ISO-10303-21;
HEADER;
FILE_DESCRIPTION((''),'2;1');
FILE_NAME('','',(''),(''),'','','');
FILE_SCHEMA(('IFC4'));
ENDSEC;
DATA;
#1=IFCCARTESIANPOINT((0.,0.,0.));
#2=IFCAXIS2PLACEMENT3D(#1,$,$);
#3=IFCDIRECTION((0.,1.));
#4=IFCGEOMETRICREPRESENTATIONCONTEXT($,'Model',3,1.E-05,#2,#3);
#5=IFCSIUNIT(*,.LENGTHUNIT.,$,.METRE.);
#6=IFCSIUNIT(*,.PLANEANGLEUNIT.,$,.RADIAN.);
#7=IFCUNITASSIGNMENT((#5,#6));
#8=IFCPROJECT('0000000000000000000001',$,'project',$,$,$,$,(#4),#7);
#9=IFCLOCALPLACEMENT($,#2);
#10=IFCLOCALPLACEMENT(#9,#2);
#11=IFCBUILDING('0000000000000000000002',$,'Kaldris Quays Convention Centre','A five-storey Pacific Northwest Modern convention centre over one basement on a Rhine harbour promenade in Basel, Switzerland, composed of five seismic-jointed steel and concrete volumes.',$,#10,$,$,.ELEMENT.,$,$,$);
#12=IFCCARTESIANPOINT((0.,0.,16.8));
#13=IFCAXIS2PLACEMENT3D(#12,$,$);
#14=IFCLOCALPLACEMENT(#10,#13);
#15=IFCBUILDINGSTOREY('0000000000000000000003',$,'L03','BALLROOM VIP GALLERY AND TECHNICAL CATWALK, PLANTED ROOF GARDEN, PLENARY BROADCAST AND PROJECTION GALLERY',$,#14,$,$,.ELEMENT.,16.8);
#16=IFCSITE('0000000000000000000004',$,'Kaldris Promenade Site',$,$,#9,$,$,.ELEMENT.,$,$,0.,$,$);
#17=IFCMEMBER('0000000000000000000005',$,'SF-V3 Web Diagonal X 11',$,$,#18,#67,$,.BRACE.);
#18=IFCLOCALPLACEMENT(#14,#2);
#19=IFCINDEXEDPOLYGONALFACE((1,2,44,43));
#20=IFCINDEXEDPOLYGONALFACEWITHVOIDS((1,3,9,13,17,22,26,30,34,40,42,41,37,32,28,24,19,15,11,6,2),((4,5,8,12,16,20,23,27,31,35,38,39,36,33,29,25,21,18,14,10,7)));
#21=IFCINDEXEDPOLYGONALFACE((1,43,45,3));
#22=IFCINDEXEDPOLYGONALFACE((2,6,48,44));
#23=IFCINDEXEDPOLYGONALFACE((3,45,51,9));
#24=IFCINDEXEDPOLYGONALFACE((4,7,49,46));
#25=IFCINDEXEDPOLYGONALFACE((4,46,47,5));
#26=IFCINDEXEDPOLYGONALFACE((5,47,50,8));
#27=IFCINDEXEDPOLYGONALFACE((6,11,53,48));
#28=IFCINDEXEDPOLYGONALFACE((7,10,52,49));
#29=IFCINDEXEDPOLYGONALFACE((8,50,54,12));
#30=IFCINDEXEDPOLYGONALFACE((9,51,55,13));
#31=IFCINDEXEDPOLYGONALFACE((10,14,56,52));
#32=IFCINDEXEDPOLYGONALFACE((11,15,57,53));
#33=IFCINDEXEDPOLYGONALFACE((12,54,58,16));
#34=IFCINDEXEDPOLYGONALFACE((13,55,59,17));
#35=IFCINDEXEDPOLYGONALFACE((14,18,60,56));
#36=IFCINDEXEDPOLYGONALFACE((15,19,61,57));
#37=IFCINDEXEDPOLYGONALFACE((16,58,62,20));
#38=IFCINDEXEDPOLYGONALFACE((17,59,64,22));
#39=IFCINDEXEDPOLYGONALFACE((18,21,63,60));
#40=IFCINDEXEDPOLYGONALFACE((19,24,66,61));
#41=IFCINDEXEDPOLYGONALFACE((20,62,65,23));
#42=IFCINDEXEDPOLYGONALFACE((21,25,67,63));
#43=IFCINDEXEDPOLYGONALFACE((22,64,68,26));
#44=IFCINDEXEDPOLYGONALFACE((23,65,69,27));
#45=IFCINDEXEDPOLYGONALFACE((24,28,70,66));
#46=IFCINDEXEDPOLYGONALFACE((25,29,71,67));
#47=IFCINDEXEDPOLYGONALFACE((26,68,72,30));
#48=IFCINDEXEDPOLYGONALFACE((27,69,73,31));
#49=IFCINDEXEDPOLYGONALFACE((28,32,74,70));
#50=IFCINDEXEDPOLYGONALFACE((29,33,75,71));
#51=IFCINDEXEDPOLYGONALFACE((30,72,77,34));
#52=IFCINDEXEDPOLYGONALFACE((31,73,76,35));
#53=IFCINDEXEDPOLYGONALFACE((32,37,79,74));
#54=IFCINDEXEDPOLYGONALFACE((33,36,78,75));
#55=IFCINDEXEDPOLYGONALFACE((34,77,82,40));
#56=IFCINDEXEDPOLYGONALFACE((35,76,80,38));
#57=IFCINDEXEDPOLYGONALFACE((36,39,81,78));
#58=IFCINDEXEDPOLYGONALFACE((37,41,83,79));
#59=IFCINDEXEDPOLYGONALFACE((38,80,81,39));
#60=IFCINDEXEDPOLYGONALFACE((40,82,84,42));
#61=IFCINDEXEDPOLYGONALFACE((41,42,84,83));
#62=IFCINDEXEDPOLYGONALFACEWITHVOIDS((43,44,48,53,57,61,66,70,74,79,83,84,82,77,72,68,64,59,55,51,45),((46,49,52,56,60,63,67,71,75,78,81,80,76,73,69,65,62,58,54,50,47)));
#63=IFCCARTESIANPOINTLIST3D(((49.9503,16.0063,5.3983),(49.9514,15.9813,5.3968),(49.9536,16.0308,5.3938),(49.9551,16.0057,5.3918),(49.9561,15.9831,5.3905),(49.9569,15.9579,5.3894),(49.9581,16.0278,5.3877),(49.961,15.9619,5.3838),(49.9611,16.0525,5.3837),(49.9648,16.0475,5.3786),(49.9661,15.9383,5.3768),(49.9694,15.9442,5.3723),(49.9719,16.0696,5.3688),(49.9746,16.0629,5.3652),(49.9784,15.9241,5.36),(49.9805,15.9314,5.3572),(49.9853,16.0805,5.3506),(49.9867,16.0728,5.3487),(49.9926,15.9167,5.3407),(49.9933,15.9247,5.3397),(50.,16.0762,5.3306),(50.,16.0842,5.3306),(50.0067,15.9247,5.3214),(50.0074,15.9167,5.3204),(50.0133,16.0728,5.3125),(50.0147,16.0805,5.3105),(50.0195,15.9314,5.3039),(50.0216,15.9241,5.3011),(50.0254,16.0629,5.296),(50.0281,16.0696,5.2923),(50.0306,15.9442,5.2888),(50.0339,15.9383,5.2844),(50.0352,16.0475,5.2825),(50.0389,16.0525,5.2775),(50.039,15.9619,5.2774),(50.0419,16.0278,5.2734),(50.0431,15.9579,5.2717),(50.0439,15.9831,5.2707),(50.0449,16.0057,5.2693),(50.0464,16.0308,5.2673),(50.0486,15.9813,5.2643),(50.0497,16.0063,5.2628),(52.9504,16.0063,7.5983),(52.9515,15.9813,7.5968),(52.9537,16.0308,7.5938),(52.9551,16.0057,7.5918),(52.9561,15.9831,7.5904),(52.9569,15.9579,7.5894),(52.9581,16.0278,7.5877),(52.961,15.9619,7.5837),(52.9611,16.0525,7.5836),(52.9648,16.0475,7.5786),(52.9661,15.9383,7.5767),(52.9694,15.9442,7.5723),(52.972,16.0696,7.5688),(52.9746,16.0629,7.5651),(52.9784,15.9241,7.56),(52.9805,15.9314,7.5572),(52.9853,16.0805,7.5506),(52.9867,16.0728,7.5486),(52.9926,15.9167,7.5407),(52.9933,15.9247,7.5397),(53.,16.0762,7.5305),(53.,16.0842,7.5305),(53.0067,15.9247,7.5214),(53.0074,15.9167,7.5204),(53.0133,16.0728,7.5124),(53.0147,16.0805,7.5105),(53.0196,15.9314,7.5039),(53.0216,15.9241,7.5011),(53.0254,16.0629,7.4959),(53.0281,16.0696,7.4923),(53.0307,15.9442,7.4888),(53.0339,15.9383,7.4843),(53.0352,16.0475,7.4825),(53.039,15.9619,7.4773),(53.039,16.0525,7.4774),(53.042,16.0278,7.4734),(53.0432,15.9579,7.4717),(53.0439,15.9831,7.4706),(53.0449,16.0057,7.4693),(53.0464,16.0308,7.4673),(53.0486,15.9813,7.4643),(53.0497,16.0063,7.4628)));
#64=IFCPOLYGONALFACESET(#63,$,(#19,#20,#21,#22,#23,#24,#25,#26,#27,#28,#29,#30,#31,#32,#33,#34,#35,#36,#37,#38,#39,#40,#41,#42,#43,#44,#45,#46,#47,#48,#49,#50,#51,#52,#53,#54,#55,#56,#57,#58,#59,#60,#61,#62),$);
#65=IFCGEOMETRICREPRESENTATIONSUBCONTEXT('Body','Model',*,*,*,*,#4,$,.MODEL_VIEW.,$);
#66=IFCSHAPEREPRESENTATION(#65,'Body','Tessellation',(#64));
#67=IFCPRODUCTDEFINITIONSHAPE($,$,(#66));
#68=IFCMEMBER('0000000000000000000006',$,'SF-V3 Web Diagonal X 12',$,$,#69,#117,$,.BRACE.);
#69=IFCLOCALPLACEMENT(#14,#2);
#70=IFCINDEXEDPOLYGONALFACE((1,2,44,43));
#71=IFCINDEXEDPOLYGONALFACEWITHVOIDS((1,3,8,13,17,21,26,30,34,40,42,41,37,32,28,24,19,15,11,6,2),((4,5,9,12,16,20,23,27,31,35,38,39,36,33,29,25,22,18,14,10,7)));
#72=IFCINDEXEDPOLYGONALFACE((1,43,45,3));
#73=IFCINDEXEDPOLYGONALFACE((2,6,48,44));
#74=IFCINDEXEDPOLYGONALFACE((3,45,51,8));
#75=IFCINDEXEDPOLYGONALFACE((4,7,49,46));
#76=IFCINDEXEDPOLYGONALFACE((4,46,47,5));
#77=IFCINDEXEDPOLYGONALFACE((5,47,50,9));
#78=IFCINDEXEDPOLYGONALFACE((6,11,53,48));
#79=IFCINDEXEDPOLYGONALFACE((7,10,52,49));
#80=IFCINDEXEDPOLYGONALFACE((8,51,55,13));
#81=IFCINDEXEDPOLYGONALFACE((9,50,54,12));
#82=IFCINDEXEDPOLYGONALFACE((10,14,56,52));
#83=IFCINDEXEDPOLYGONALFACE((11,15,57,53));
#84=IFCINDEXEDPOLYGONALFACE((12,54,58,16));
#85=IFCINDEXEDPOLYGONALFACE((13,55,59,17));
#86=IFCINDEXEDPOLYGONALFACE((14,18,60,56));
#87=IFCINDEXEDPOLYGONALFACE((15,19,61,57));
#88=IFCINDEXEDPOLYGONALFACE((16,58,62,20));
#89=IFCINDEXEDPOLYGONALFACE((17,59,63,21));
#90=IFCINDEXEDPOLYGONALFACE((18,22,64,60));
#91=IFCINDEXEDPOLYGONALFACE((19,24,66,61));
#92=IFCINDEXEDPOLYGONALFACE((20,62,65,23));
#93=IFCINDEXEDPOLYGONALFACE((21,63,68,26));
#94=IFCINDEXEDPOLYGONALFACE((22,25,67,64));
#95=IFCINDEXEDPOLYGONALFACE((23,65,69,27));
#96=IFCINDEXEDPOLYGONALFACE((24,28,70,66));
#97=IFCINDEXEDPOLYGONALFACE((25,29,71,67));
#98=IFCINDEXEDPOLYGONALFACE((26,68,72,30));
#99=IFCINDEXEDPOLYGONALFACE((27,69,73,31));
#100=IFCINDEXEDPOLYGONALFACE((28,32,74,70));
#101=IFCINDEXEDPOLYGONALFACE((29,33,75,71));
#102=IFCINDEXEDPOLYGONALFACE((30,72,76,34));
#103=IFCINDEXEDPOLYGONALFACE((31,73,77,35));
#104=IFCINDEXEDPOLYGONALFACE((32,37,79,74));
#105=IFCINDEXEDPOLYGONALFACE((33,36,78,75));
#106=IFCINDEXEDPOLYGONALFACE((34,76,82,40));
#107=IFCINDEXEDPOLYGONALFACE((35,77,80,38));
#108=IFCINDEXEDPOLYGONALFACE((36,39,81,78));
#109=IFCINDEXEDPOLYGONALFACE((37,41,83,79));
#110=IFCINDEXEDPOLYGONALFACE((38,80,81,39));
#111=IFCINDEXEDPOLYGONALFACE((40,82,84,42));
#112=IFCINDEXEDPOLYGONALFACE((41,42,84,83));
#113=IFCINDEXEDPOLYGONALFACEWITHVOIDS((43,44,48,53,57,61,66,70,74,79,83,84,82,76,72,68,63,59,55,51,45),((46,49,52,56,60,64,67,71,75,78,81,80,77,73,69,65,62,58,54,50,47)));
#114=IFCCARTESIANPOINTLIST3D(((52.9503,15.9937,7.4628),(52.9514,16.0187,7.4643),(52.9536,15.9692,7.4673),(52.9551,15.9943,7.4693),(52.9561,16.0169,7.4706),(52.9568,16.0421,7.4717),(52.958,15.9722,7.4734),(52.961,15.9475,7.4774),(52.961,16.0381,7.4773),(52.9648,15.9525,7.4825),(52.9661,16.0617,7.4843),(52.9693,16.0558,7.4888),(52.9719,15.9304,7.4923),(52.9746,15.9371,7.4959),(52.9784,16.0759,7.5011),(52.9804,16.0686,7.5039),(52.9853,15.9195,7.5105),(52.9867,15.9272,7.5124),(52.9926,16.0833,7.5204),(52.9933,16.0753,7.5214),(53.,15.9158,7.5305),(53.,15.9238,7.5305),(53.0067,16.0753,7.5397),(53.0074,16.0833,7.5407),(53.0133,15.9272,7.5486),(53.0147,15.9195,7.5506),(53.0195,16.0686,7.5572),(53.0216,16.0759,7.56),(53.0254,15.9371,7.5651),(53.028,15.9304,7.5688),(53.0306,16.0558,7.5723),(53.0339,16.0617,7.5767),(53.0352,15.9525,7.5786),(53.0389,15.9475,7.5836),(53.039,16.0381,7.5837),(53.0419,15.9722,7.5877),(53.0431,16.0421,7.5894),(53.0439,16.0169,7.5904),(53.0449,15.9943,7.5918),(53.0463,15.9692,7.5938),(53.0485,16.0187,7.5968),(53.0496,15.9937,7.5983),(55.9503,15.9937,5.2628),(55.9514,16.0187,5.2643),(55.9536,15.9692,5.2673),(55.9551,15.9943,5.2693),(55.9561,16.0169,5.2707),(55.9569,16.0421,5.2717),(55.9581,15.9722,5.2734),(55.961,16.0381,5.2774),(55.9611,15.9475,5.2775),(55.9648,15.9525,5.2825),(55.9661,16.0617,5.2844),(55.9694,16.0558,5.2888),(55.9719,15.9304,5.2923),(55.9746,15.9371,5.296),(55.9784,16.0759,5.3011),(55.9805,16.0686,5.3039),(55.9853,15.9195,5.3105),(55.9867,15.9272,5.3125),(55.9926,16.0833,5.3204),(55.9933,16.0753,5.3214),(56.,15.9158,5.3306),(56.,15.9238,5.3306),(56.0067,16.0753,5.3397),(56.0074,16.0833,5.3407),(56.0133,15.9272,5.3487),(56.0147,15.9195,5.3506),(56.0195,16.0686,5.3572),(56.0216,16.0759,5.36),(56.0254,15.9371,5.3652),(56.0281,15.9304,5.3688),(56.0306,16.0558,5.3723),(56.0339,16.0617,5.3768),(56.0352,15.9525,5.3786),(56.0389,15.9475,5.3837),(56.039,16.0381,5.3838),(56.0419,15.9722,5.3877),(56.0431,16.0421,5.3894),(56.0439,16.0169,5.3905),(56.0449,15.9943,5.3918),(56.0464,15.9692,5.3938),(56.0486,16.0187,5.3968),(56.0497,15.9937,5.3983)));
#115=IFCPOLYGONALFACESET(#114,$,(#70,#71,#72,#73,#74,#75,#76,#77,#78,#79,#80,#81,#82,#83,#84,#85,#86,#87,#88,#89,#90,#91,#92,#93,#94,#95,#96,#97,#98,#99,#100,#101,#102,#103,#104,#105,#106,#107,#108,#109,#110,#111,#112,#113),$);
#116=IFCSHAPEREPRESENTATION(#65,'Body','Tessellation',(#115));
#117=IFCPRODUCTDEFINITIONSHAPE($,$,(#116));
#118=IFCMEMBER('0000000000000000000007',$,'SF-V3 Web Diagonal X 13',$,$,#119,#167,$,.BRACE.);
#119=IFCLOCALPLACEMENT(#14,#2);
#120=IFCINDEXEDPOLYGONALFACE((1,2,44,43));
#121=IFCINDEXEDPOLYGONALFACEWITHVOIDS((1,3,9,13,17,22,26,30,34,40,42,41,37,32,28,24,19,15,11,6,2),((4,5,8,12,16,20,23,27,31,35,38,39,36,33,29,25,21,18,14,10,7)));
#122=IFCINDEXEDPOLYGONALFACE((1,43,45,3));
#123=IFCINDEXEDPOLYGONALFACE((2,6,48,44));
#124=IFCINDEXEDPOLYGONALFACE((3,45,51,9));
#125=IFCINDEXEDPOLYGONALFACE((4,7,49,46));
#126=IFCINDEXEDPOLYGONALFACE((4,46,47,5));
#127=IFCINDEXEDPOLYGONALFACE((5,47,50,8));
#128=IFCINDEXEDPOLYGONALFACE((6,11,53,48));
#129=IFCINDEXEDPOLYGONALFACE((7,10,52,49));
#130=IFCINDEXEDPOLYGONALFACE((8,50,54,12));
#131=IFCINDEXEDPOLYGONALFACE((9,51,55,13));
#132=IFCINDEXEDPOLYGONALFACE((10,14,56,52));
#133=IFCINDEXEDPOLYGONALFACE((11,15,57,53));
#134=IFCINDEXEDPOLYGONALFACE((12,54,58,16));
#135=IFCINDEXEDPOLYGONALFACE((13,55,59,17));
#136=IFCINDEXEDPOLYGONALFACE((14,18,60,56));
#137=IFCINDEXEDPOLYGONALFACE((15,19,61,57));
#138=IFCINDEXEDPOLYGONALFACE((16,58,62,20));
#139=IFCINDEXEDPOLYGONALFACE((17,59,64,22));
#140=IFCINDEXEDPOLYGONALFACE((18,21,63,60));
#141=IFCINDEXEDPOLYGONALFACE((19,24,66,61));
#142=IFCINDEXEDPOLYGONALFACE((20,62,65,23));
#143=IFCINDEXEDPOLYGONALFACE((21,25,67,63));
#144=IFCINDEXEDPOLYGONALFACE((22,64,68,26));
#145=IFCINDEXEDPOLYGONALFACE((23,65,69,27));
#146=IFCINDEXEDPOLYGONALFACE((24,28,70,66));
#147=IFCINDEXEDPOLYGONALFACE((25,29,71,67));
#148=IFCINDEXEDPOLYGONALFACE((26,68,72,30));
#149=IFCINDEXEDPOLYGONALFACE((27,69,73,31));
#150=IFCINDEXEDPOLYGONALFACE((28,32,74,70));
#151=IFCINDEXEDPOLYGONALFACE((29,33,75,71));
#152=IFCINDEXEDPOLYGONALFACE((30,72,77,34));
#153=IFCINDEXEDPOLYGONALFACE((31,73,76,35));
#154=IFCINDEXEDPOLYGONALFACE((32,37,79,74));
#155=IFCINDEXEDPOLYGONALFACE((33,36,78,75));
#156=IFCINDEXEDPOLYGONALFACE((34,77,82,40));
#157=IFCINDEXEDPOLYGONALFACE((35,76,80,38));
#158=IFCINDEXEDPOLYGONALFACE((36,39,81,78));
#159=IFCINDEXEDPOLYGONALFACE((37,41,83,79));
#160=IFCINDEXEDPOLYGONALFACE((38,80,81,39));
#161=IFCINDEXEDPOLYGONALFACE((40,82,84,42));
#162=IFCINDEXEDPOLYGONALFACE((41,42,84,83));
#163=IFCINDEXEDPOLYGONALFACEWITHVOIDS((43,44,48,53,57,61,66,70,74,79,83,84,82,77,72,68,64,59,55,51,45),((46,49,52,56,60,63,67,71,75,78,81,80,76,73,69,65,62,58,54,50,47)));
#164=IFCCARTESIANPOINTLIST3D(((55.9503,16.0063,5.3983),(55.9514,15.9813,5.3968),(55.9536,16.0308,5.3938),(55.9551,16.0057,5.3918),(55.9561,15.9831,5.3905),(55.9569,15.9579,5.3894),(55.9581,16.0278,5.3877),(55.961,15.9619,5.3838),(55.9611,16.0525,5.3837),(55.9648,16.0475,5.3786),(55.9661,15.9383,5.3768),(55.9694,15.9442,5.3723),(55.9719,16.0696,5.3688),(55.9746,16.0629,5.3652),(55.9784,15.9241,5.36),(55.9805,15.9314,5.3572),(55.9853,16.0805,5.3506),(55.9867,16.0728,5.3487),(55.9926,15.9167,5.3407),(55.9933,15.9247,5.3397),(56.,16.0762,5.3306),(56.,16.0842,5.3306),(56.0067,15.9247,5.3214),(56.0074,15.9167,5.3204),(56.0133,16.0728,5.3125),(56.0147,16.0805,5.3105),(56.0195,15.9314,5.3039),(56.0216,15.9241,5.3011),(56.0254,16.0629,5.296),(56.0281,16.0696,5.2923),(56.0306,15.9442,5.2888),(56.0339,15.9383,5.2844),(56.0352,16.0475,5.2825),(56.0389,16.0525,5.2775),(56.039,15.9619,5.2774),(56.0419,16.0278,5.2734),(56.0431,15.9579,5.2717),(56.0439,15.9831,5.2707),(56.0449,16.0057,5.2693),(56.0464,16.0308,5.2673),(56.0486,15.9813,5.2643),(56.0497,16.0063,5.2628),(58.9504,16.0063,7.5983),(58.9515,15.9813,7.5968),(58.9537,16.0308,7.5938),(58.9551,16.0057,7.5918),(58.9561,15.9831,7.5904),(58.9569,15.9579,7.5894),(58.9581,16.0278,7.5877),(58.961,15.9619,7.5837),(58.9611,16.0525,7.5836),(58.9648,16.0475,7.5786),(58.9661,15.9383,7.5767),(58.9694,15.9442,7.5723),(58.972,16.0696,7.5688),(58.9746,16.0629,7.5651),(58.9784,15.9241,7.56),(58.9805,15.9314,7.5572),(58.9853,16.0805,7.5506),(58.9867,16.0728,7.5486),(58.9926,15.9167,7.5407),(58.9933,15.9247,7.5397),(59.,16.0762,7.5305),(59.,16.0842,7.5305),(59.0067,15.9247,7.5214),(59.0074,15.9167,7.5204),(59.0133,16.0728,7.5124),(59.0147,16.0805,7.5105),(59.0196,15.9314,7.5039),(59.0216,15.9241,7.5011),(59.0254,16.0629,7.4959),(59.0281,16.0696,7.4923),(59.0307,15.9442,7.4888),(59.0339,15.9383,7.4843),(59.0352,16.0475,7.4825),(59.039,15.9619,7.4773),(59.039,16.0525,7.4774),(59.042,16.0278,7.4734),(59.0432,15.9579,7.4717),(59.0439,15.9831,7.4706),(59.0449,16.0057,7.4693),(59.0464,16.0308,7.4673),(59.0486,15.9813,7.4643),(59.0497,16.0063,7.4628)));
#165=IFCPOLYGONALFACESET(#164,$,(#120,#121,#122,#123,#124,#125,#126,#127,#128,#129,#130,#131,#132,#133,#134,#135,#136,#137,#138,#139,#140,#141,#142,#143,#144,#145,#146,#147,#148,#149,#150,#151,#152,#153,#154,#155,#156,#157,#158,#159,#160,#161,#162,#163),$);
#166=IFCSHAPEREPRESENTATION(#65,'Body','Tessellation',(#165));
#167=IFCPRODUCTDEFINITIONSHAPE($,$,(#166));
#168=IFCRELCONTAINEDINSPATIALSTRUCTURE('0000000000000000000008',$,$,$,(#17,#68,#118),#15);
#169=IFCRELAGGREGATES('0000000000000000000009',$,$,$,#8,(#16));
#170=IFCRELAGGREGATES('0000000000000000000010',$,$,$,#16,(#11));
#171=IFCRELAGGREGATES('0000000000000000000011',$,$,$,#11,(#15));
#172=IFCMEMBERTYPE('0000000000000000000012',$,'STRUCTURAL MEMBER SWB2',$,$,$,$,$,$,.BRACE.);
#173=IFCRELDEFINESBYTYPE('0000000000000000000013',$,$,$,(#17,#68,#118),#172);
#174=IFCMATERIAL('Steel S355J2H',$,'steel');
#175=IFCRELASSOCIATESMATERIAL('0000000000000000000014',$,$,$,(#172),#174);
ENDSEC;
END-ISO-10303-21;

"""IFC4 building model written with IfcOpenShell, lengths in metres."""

from ifc_helpers import new_model, si_unit, direction, frame, origin, origin_2d, place, context, subcontext, project, spatial, hollow_circle, extrude, material, material_profile, profile_set, type_object, element, save


model = new_model("IFC4")

# Units and contexts
model_context = context("Model", 3, precision=1e-05, world=origin(), true_north=direction((0.0, 1.0)))
body_context = subcontext(model_context, "Body", "Model", "MODEL_VIEW")
ifc_project = project(units=[si_unit("LENGTHUNIT", "METRE"), si_unit("PLANEANGLEUNIT", "RADIAN")], contexts=[model_context])

# Site, building, storey
site_placement = place(None, origin())
site = spatial("IfcSite", under=ifc_project, at=site_placement, Name="Kaldris Promenade Site", CompositionType="ELEMENT", RefElevation=0.0)
building_placement = place(site_placement, origin())
building = spatial("IfcBuilding", under=site, at=building_placement, Name="Kaldris Quays Convention Centre", Description="A five-storey Pacific Northwest Modern convention centre over one basement on a Rhine harbour promenade in Basel, Switzerland, composed of five seismic-jointed steel and concrete volumes.", CompositionType="ELEMENT")
storey_placement = place(building_placement, frame((0.0, 0.0, 16.8)))
storey = spatial("IfcBuildingStorey", under=building, at=storey_placement, Name="L03", Description="BALLROOM VIP GALLERY AND TECHNICAL CATWALK, PLANTED ROOF GARDEN, PLENARY BROADCAST AND PROJECTION GALLERY", CompositionType="ELEMENT", Elevation=16.8)

# Members
ifc_material_1 = material(Name="Steel S355J2H", Category="steel")
ifc_material_profile_1 = material_profile(ifc_material_1, hollow_circle(Radius=0.0842, WallThickness=0.0081, at=origin_2d()), Name="CHS 168.3x8")
ifc_profile_set_1 = profile_set([ifc_material_profile_1], Name="Steel S355J2H")
member_type_1 = type_object("IfcMemberType", Name="STRUCTURAL MEMBER SWB2", PredefinedType="BRACE", material=ifc_profile_set_1)
for number, where, z_axis, x_axis, name in (
    (1, (50.0, 16.0, 5.3306), (0.806411, 0.0, 0.591355), (0.0, 1.0, 0.0), "SF-V3 Web Diagonal X 11"),
    (2, (56.0, 16.0, 5.3306), (-0.806411, 0.0, 0.591355), (0.0, -1.0, 0.0), "SF-V3 Web Diagonal X 12"),
    (3, (56.0, 16.0, 5.3306), (0.806411, 0.0, 0.591355), (0.0, 1.0, 0.0), "SF-V3 Web Diagonal X 13"),
):
    element("IfcMember", number, at=place(storey_placement, frame(where, z_axis=z_axis, x_axis=x_axis)), inside=storey, type_object=member_type_1, Name=name, PredefinedType="BRACE", context=body_context, shape_type="SweptSolid", body=[
        extrude(hollow_circle(Radius=0.0842, WallThickness=0.0081, at=origin_2d()), origin(), (0.0, 0.0, 1.0), 3.7202),
    ])

save(model, "model.ifc")
